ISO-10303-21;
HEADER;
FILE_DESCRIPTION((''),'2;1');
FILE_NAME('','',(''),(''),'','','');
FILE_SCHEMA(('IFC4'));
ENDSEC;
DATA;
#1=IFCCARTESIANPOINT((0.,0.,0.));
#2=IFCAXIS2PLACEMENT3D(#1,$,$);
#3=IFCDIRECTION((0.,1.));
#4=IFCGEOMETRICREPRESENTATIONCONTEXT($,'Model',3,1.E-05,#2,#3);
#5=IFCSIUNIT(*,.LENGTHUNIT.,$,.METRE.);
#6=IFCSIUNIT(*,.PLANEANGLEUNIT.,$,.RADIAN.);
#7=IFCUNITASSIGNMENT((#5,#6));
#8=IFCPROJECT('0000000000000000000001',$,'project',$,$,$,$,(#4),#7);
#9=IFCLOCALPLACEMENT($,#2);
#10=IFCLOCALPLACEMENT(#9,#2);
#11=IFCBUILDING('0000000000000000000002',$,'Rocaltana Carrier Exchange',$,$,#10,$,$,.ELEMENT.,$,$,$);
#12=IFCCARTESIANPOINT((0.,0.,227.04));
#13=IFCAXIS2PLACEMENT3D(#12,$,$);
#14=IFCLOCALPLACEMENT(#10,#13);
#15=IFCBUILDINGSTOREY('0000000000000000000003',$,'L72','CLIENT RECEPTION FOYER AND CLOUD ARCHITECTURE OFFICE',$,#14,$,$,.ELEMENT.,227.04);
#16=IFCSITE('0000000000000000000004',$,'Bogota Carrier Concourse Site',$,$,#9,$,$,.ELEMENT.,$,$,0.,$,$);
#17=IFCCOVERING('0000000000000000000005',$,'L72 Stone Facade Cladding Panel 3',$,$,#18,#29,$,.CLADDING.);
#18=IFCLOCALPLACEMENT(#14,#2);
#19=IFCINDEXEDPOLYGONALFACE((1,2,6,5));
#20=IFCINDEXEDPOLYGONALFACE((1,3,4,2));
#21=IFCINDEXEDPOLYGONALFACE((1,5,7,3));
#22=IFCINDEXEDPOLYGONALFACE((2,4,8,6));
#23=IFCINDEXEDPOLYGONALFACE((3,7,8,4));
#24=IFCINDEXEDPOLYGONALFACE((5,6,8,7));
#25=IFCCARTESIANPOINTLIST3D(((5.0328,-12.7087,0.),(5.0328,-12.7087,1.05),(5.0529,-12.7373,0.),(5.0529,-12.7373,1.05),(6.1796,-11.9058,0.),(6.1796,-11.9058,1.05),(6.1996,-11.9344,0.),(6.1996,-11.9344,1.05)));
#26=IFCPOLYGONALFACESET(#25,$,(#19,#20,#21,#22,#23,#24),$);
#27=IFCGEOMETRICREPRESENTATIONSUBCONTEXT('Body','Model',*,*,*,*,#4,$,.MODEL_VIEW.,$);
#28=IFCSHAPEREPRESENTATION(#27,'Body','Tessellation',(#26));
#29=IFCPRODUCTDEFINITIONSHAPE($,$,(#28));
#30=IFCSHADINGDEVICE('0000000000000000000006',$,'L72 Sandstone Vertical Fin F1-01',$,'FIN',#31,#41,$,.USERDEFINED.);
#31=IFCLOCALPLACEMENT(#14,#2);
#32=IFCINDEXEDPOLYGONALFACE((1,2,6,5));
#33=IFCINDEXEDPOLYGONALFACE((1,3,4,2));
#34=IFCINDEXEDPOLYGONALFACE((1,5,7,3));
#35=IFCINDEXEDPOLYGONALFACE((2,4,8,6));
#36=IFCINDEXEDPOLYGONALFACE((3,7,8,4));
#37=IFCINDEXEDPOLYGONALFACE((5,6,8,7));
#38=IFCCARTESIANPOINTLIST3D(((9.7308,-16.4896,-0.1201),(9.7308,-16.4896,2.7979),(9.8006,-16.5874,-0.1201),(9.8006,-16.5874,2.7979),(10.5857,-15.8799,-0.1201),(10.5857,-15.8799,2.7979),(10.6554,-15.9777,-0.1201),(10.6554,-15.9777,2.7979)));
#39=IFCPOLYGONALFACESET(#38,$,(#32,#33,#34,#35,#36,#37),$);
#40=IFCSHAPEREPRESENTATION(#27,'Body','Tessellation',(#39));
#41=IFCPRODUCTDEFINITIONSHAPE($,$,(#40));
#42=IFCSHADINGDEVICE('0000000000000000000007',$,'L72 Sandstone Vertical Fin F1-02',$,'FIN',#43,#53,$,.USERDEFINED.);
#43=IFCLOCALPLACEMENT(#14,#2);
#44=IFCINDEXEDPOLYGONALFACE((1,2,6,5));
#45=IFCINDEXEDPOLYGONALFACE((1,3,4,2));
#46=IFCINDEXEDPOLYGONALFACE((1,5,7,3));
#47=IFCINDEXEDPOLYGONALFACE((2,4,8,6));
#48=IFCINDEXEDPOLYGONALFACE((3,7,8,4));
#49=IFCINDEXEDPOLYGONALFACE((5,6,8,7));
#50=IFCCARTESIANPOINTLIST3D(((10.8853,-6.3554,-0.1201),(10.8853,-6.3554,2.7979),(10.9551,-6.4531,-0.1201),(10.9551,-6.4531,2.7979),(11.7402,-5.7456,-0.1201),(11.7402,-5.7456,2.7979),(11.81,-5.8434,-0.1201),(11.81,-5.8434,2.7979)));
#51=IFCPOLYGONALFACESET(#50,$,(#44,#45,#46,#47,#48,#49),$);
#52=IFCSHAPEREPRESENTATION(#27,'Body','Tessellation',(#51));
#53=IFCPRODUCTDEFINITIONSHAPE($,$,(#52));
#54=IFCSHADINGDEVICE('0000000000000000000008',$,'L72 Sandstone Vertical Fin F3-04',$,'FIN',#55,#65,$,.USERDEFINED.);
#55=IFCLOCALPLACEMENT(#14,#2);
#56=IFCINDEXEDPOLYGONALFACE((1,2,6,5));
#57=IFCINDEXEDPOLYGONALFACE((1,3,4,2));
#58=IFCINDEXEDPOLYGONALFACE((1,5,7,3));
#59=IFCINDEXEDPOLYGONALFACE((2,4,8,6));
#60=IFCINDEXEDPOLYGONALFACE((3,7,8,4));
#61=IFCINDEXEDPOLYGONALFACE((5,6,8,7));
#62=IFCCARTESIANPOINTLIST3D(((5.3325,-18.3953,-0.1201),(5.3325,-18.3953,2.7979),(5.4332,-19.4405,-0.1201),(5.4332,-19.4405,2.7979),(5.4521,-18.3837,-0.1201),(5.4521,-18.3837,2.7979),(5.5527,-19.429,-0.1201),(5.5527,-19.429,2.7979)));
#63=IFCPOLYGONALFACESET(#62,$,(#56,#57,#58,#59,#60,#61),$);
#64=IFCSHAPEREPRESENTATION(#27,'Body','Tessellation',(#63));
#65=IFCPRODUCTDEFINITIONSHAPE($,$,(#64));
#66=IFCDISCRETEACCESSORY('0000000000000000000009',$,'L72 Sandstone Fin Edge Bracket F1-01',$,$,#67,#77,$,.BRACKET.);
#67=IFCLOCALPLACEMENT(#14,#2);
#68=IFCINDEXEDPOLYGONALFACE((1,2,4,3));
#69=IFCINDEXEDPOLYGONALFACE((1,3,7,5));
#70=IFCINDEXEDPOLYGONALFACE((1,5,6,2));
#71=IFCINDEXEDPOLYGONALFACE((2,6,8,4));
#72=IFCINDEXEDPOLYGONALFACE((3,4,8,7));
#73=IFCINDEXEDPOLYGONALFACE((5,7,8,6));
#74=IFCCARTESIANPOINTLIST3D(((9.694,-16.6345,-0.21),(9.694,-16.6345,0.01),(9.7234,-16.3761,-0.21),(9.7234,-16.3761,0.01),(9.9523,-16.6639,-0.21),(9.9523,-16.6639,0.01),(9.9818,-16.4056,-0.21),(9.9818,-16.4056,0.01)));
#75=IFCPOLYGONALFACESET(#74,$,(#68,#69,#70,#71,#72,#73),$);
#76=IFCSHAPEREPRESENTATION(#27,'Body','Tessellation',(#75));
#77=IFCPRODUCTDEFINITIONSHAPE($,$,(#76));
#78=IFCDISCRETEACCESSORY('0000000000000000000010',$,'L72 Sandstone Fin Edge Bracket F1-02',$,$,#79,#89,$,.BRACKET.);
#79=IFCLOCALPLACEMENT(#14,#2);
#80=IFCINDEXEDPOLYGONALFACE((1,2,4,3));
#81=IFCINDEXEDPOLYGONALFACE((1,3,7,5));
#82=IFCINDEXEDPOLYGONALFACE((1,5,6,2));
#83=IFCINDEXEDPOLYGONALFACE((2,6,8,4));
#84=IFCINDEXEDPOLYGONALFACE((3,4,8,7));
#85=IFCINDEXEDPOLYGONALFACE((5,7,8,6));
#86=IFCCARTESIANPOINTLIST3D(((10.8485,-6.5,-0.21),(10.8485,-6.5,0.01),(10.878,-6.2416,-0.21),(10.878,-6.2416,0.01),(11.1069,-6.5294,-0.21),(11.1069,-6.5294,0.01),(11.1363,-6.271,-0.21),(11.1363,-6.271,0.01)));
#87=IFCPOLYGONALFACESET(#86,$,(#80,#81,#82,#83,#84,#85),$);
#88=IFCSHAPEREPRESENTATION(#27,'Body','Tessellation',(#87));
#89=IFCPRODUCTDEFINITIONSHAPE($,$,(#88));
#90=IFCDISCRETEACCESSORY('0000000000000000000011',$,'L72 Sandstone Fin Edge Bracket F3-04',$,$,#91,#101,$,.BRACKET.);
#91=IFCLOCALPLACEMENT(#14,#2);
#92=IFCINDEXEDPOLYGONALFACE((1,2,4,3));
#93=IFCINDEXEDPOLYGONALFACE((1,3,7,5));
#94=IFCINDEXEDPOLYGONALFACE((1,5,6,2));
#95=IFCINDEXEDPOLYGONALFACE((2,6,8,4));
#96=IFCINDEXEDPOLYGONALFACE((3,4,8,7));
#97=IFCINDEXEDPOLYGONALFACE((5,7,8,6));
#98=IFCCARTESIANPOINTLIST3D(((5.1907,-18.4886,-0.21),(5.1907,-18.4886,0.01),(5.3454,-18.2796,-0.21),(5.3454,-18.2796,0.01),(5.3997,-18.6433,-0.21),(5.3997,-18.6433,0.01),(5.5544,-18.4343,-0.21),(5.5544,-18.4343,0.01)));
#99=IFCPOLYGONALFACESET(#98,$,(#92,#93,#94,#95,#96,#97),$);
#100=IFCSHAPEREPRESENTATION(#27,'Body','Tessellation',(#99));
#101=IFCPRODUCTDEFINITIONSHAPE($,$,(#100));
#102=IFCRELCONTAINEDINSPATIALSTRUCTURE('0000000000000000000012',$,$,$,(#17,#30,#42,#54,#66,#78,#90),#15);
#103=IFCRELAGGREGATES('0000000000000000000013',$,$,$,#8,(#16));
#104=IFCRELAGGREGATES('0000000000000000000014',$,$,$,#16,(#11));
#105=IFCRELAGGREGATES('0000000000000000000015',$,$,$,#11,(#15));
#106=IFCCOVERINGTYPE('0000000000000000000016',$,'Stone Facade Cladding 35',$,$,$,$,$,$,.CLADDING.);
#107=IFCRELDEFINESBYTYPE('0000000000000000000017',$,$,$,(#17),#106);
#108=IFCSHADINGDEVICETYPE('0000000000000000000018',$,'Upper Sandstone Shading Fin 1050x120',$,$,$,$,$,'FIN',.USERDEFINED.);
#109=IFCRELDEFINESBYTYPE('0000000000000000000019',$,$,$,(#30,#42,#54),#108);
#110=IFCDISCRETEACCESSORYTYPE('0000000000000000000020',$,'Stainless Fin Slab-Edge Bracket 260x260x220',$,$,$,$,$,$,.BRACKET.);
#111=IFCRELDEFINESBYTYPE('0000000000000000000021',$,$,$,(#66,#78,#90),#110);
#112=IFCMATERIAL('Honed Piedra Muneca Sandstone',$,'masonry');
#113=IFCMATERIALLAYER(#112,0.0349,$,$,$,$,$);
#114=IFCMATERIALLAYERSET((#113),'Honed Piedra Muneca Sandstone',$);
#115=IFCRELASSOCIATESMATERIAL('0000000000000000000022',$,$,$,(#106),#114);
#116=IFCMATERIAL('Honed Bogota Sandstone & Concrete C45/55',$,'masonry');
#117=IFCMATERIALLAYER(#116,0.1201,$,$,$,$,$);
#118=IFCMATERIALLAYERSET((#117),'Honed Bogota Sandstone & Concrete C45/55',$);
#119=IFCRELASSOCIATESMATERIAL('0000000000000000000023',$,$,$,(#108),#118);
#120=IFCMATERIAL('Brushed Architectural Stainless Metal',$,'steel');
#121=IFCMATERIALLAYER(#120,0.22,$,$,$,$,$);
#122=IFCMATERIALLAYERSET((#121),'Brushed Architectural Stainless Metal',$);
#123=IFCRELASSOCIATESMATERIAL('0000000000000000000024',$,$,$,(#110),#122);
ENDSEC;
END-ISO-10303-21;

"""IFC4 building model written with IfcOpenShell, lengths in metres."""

from ifc_helpers import new_model, si_unit, direction, frame, origin, origin_2d, place, context, subcontext, project, spatial, rectangle, extrude, material, layer, layer_set, type_object, element, save


model = new_model("IFC4")

# Units and contexts
model_context = context("Model", 3, precision=1e-05, world=origin(), true_north=direction((0.0, 1.0)))
body_context = subcontext(model_context, "Body", "Model", "MODEL_VIEW")
ifc_project = project(units=[si_unit("LENGTHUNIT", "METRE"), si_unit("PLANEANGLEUNIT", "RADIAN")], contexts=[model_context])

# Site, building, storey
site_placement = place(None, origin())
site = spatial("IfcSite", under=ifc_project, at=site_placement, Name="Bogota Carrier Concourse Site", CompositionType="ELEMENT", RefElevation=0.0)
building_placement = place(site_placement, origin())
building = spatial("IfcBuilding", under=site, at=building_placement, Name="Rocaltana Carrier Exchange", CompositionType="ELEMENT")
storey_placement = place(building_placement, frame((0.0, 0.0, 227.04)))
storey = spatial("IfcBuildingStorey", under=building, at=storey_placement, Name="L72", Description="CLIENT RECEPTION FOYER AND CLOUD ARCHITECTURE OFFICE", CompositionType="ELEMENT", Elevation=227.04)

# Covering
ifc_material_1 = material(Name="Honed Piedra Muneca Sandstone", Category="masonry")
ifc_layer_1 = layer(ifc_material_1, 0.0349)
ifc_layer_set_1 = layer_set([ifc_layer_1], Name="Honed Piedra Muneca Sandstone")
covering_type = type_object("IfcCoveringType", Name="Stone Facade Cladding 35", PredefinedType="CLADDING", material=ifc_layer_set_1)
covering_placement = place(storey_placement, frame((5.6162, -12.3215, 0.0), z_axis=(0.0, 0.0, 1.0), x_axis=(0.819152, 0.573576, 0.0)))
element("IfcCovering", 1, at=covering_placement, inside=storey, type_object=covering_type, Name="L72 Stone Facade Cladding Panel 3", PredefinedType="CLADDING", context=body_context, shape_type="SweptSolid", body=[
    extrude(rectangle(XDim=1.3999, YDim=0.0349, at=origin_2d()), origin(), (0.0, 0.0, 1.0), 1.05),
])

# Shading devices
ifc_material_2 = material(Name="Honed Bogota Sandstone & Concrete C45/55", Category="masonry")
ifc_layer_2 = layer(ifc_material_2, 0.1201)
ifc_layer_set_2 = layer_set([ifc_layer_2], Name="Honed Bogota Sandstone & Concrete C45/55")
shading_device_type = type_object("IfcShadingDeviceType", Name="Upper Sandstone Shading Fin 1050x120", ElementType="FIN", PredefinedType="USERDEFINED", material=ifc_layer_set_2)
for number, where, z_axis, x_axis, name in (
    (2, (10.1931, -16.2336, -0.1201), (0.0, 0.0, 1.0), (0.814116, 0.580703, 0.0), "L72 Sandstone Vertical Fin F1-01"),
    (3, (11.3477, -6.0994, -0.1201), (0.0, 0.0, 1.0), (0.814116, 0.580703, 0.0), "L72 Sandstone Vertical Fin F1-02"),
    (4, (5.4426, -18.9121, -0.1201), (0.0, 0.0, 1.0), (0.095846, -0.995396, 0.0), "L72 Sandstone Vertical Fin F3-04"),
):
    element("IfcShadingDevice", number, at=place(storey_placement, frame(where, z_axis=z_axis, x_axis=x_axis)), inside=storey, type_object=shading_device_type, Name=name, ObjectType="FIN", PredefinedType="USERDEFINED", context=body_context, shape_type="SweptSolid", body=[
        extrude(rectangle(XDim=1.05, YDim=0.1201, at=origin_2d()), origin(), (0.0, 0.0, 1.0), 2.918),
    ])

# Discrete accessories
ifc_material_3 = material(Name="Brushed Architectural Stainless Metal", Category="steel")
ifc_layer_3 = layer(ifc_material_3, 0.22)
ifc_layer_set_3 = layer_set([ifc_layer_3], Name="Brushed Architectural Stainless Metal")
discrete_accessory_type = type_object("IfcDiscreteAccessoryType", Name="Stainless Fin Slab-Edge Bracket 260x260x220", PredefinedType="BRACKET", material=ifc_layer_set_3)
for number, where, z_axis, x_axis, name in (
    (5, (9.8379, -16.52, -0.21), (0.0, 0.0, 1.0), (0.113203, 0.993572, 0.0), "L72 Sandstone Fin Edge Bracket F1-01"),
    (6, (10.9924, -6.3855, -0.21), (0.0, 0.0, 1.0), (0.113203, 0.993572, 0.0), "L72 Sandstone Fin Edge Bracket F1-02"),
    (7, (5.3726, -18.4614, -0.21), (0.0, 0.0, 1.0), (0.803857, -0.594823, 0.0), "L72 Sandstone Fin Edge Bracket F3-04"),
):
    element("IfcDiscreteAccessory", number, at=place(storey_placement, frame(where, z_axis=z_axis, x_axis=x_axis)), inside=storey, type_object=discrete_accessory_type, Name=name, PredefinedType="BRACKET", context=body_context, shape_type="SweptSolid", body=[
        extrude(rectangle(XDim=0.26, YDim=0.26, at=origin_2d()), origin(), (0.0, 0.0, 1.0), 0.22),
    ])

save(model, "model.ifc")
